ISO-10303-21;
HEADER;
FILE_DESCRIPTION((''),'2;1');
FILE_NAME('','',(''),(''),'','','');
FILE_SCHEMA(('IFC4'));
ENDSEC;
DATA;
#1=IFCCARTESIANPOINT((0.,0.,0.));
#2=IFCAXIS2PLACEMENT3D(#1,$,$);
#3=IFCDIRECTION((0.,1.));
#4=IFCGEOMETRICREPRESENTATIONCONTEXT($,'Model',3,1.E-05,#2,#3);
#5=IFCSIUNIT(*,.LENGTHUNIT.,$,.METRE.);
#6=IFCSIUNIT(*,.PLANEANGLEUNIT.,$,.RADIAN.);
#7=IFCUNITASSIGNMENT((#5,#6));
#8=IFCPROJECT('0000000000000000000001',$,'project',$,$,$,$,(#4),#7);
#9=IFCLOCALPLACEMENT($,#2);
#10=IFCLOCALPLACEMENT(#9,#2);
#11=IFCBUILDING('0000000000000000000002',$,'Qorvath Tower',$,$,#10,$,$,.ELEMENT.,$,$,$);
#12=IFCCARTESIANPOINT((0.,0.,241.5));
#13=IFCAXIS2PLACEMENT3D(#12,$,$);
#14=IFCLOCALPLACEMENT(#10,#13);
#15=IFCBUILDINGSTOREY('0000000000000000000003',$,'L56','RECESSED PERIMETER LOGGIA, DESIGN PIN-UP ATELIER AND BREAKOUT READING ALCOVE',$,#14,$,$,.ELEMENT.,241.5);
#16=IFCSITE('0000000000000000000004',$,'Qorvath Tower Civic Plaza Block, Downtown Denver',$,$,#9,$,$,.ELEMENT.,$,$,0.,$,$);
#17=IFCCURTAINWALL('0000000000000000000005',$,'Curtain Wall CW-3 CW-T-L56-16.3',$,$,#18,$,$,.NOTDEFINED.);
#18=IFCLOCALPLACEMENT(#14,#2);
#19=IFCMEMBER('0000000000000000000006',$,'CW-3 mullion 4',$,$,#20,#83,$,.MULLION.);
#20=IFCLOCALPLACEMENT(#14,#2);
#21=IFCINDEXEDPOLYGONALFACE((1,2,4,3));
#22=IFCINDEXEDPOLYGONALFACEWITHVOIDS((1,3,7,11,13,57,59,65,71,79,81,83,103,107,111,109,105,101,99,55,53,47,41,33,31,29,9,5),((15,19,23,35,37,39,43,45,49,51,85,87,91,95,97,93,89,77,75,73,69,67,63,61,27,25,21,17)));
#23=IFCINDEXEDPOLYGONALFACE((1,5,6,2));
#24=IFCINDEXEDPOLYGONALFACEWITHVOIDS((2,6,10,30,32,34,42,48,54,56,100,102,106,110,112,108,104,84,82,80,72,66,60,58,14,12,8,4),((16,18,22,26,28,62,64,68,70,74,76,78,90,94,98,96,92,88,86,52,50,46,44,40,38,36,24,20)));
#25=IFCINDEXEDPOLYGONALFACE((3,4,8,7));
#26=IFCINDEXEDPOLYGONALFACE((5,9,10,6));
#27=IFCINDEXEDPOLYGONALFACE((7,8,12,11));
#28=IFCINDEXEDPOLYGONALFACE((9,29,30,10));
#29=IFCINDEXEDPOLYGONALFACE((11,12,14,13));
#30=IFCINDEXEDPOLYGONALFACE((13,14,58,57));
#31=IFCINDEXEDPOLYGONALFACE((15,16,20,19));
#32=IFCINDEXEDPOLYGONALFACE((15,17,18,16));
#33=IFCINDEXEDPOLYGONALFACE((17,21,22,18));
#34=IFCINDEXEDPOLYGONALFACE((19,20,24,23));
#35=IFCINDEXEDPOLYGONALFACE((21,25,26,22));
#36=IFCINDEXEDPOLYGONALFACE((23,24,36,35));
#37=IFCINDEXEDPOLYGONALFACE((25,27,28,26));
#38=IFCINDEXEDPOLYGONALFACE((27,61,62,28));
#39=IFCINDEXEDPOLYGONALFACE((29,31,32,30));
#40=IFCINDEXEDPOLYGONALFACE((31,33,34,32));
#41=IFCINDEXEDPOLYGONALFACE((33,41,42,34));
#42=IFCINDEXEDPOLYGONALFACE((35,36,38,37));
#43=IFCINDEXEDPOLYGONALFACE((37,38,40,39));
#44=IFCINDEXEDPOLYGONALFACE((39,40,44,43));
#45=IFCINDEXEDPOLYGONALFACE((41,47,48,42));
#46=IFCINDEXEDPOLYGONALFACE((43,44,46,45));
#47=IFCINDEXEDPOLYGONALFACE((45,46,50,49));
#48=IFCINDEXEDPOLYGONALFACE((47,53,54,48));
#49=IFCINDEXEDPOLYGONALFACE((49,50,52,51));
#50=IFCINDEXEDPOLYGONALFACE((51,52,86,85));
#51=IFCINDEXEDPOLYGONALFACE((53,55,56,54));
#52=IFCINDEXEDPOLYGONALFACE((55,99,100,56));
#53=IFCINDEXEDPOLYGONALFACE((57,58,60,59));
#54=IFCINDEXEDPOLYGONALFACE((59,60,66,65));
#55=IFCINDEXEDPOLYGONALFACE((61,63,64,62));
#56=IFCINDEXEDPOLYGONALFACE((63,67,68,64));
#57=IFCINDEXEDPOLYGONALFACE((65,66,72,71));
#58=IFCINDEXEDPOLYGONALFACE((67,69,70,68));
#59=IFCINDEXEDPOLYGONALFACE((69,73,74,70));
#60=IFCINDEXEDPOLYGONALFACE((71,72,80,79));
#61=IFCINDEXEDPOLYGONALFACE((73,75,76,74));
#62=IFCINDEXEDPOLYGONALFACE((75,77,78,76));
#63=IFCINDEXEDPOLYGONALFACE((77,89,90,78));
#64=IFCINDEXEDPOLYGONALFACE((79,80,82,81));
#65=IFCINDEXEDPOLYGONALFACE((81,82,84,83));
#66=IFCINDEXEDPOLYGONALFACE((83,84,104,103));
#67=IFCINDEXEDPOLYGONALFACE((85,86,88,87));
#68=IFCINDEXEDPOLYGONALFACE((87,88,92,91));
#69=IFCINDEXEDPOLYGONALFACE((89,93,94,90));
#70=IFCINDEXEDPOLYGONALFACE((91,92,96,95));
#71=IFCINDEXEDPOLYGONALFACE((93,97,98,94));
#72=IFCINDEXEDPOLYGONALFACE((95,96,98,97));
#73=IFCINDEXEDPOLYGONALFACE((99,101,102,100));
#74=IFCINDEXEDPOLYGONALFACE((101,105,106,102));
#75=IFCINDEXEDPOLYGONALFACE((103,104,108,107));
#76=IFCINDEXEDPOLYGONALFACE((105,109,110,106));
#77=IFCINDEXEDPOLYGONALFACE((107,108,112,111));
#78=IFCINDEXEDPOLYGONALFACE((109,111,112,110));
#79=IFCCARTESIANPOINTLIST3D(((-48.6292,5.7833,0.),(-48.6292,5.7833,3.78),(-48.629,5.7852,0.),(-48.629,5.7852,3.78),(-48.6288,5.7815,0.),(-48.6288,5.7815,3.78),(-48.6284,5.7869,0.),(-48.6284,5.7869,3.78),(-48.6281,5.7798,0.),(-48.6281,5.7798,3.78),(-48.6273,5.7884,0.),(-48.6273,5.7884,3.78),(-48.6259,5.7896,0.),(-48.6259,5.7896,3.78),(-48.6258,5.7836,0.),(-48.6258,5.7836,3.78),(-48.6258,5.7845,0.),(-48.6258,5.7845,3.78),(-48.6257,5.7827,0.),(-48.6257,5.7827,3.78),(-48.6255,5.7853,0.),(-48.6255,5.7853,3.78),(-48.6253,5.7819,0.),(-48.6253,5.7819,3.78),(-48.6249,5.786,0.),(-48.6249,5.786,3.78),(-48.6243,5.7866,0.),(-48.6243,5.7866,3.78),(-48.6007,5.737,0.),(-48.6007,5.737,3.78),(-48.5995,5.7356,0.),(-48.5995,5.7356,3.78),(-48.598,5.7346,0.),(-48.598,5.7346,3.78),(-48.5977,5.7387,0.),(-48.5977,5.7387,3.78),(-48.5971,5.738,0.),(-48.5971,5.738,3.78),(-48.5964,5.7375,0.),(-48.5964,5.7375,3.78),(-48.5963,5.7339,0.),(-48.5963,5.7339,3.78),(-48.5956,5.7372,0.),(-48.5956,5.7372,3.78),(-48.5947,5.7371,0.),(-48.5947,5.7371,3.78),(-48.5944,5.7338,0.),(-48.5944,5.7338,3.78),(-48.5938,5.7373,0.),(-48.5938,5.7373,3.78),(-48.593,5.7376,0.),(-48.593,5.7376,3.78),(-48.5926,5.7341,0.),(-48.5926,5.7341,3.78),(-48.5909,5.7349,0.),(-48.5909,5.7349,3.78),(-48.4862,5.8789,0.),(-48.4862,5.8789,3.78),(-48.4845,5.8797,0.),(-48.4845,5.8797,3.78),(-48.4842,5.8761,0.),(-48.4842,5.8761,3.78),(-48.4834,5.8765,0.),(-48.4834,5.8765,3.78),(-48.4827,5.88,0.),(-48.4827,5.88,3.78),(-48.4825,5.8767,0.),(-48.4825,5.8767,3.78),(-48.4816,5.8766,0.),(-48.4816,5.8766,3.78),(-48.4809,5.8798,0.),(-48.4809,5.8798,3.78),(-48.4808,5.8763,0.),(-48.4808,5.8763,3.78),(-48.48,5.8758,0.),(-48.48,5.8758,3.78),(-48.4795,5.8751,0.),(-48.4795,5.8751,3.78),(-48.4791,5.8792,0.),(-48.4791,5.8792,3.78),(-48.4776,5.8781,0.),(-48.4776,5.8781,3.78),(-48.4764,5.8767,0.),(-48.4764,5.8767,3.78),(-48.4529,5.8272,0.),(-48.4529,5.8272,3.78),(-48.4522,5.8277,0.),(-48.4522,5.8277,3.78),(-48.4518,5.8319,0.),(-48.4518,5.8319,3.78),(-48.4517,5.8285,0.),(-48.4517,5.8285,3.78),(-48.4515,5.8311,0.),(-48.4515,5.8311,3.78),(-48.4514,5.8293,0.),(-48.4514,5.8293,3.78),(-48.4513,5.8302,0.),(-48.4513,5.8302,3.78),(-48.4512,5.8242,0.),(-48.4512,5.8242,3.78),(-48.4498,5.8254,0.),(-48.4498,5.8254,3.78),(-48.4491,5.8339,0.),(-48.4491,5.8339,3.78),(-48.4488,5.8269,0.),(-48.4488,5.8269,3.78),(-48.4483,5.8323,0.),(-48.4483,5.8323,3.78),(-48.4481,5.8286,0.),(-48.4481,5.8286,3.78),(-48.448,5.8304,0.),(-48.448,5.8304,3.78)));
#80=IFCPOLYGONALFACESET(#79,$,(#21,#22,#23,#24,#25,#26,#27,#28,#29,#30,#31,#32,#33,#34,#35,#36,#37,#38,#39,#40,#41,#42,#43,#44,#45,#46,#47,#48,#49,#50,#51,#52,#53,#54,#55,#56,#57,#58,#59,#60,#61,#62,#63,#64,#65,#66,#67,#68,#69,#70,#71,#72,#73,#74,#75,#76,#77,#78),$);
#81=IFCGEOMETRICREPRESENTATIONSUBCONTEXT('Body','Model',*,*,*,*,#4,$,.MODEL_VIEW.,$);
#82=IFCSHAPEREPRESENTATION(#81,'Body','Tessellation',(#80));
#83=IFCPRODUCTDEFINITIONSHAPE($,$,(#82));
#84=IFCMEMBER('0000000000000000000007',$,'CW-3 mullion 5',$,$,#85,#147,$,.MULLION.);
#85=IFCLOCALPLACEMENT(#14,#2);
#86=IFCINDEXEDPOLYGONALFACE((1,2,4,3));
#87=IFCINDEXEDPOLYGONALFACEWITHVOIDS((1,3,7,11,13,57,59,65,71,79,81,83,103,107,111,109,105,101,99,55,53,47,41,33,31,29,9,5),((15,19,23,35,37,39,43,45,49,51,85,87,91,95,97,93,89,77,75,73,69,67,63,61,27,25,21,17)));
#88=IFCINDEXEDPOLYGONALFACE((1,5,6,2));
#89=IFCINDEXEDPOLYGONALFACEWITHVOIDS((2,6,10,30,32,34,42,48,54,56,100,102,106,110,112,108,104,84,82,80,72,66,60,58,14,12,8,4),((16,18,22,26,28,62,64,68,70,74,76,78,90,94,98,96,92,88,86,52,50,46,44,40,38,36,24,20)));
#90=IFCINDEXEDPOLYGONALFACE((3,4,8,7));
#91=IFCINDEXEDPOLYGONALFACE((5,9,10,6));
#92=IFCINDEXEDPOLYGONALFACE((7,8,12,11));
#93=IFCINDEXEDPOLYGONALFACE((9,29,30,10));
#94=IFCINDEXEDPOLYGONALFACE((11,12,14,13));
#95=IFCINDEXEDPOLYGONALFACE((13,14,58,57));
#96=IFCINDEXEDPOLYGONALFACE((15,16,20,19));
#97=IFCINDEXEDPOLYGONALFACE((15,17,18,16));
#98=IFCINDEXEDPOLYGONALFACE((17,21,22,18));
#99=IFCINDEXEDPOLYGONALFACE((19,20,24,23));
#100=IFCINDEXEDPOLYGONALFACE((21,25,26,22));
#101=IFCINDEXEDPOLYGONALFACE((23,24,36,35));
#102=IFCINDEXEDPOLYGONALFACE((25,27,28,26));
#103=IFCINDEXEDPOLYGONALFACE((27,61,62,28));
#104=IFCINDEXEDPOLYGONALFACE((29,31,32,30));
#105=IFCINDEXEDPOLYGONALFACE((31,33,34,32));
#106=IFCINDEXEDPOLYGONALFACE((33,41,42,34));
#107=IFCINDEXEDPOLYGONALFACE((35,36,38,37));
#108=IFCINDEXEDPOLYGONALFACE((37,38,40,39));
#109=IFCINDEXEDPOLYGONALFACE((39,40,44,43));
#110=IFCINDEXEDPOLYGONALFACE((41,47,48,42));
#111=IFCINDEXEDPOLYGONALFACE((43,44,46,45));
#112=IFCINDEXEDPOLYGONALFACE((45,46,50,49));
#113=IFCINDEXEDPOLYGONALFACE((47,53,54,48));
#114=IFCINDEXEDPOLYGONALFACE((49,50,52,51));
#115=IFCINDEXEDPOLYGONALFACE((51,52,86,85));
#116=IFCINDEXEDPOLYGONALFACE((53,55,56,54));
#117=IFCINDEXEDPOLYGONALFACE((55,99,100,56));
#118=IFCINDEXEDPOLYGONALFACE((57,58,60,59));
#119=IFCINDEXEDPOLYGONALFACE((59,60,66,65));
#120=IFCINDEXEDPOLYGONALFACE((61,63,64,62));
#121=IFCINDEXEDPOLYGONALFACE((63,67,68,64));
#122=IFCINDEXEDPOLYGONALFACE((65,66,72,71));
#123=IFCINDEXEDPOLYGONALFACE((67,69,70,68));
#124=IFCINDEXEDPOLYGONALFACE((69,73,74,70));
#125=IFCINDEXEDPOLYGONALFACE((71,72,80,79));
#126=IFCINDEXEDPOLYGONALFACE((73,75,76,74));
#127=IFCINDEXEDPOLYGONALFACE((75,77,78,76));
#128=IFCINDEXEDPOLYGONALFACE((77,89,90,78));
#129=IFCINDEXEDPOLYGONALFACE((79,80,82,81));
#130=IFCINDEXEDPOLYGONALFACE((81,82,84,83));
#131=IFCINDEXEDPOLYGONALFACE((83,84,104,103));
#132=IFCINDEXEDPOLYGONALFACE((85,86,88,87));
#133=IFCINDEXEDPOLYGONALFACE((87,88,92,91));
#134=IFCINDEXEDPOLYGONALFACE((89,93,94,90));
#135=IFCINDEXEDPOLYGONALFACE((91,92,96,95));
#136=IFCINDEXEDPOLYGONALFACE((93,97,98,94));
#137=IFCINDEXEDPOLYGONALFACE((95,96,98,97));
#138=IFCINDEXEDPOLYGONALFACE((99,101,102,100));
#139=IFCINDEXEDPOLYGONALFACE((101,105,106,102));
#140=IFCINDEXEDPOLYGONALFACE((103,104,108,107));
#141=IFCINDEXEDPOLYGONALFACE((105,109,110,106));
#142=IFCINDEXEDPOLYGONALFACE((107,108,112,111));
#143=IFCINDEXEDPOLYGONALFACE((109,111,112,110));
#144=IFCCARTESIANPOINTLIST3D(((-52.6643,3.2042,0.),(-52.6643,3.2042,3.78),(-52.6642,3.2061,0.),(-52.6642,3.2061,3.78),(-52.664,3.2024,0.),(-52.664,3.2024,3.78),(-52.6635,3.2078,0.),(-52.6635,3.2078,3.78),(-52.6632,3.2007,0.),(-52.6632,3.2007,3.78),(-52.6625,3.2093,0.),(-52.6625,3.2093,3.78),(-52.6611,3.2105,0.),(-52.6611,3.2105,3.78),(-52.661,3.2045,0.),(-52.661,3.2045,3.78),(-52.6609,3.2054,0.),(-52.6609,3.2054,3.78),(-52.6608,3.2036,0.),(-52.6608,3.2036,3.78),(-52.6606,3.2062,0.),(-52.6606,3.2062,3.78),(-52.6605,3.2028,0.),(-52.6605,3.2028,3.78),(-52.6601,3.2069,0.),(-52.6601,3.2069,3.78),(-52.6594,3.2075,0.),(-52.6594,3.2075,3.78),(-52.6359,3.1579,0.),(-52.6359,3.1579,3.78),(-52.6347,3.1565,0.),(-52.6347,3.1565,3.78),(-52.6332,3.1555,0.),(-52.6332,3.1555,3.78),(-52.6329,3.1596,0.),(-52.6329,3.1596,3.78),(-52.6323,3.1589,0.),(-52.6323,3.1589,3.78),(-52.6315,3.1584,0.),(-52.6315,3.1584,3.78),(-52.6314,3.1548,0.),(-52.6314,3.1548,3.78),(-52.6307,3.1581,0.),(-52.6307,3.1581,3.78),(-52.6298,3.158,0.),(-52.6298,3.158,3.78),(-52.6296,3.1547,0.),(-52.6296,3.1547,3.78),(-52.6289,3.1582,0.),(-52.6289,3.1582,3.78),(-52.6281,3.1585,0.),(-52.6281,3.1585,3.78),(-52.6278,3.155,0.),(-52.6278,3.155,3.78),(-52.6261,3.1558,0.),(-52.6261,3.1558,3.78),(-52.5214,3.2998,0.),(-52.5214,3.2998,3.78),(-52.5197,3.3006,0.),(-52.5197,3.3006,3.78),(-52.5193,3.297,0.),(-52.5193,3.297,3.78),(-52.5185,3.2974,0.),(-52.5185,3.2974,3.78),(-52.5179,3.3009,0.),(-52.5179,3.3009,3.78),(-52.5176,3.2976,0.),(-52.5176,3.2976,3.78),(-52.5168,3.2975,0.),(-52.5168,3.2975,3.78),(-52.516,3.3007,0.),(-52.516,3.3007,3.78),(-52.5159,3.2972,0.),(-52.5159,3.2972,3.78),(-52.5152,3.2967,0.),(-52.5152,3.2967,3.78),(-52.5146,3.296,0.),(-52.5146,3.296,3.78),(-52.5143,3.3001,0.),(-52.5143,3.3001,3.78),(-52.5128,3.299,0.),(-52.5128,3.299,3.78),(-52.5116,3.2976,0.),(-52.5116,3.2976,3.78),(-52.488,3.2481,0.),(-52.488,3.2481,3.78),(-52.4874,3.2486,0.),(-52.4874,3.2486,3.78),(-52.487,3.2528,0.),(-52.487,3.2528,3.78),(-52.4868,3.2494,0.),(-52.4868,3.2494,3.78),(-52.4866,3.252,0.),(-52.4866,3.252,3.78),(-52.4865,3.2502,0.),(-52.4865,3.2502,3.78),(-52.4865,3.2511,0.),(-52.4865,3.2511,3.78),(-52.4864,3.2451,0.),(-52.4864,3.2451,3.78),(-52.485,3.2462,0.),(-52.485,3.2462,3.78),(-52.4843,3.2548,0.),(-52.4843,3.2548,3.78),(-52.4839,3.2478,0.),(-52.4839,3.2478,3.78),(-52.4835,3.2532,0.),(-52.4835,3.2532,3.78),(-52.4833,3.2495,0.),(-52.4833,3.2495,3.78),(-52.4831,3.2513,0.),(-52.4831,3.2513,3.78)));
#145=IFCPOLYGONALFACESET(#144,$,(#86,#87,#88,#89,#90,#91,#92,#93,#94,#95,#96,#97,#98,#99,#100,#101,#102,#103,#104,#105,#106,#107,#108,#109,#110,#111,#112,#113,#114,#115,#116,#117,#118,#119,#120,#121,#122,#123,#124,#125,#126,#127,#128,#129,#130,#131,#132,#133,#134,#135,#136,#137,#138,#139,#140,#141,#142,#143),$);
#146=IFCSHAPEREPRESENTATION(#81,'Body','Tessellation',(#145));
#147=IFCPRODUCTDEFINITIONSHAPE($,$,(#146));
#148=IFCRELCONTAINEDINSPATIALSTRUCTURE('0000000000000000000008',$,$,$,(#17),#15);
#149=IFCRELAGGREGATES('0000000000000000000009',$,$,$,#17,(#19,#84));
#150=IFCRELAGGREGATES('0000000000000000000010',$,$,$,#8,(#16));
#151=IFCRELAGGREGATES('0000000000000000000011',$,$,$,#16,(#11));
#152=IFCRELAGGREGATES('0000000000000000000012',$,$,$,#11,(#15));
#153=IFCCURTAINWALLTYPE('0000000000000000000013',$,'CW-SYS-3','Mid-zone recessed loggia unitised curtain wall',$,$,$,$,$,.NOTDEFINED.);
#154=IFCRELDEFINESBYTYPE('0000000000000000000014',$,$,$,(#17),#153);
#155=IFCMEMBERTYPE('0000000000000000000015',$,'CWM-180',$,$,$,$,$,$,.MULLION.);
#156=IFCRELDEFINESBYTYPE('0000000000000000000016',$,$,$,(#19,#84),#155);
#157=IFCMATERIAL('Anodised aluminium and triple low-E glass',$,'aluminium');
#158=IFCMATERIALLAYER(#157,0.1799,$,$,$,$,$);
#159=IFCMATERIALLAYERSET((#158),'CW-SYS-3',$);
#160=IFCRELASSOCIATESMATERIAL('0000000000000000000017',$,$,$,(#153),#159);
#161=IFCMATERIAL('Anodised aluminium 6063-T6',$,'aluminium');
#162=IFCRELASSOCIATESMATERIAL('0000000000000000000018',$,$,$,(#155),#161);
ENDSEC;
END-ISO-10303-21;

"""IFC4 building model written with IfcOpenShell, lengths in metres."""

from ifc_helpers import new_model, si_unit, direction, frame, origin, origin_2d, place, context, subcontext, project, spatial, hollow_rectangle, extrude, material, layer, layer_set, material_profile, profile_set, type_object, element, aggregate, save


model = new_model("IFC4")

# Units and contexts
model_context = context("Model", 3, precision=1e-05, world=origin(), true_north=direction((0.0, 1.0)))
body_context = subcontext(model_context, "Body", "Model", "MODEL_VIEW")
ifc_project = project(units=[si_unit("LENGTHUNIT", "METRE"), si_unit("PLANEANGLEUNIT", "RADIAN")], contexts=[model_context])

# Site, building, storey
site_placement = place(None, origin())
site = spatial("IfcSite", under=ifc_project, at=site_placement, Name="Qorvath Tower Civic Plaza Block, Downtown Denver", CompositionType="ELEMENT", RefElevation=0.0)
building_placement = place(site_placement, origin())
building = spatial("IfcBuilding", under=site, at=building_placement, Name="Qorvath Tower", CompositionType="ELEMENT")
storey_placement = place(building_placement, frame((0.0, 0.0, 241.5)))
storey = spatial("IfcBuildingStorey", under=building, at=storey_placement, Name="L56", Description="RECESSED PERIMETER LOGGIA, DESIGN PIN-UP ATELIER AND BREAKOUT READING ALCOVE", CompositionType="ELEMENT", Elevation=241.5)

# Curtain wall, members
ifc_material_1 = material(Name="Anodised aluminium and triple low-E glass", Category="aluminium")
ifc_layer_1 = layer(ifc_material_1, 0.1799)
ifc_layer_set_1 = layer_set([ifc_layer_1], Name="CW-SYS-3")
curtain_wall_type = type_object("IfcCurtainWallType", Name="CW-SYS-3", Description="Mid-zone recessed loggia unitised curtain wall", PredefinedType="NOTDEFINED", material=ifc_layer_set_1)
curtain_wall_placement = place(storey_placement, origin())
curtain_wall = element("IfcCurtainWall", 1, at=curtain_wall_placement, inside=storey, type_object=curtain_wall_type, Name="Curtain Wall CW-3 CW-T-L56-16.3", PredefinedType="NOTDEFINED")
ifc_material_2 = material(Name="Anodised aluminium 6063-T6", Category="aluminium")
ifc_material_profile_1 = material_profile(ifc_material_2, hollow_rectangle(XDim=0.0649, YDim=0.1799, WallThickness=0.0034, InnerFilletRadius=0.0034, OuterFilletRadius=0.0071, at=origin_2d()), Name="CWM 180x65")
ifc_profile_set_1 = profile_set([ifc_material_profile_1], Name="Anodised aluminium 6063-T6")
member_type_1 = type_object("IfcMemberType", Name="CWM-180", PredefinedType="MULLION", material=ifc_profile_set_1)
member_1_placement = place(storey_placement, frame((-48.5386, 5.8069, 0.0), z_axis=(0.0, 0.0, 1.0), x_axis=(0.538527, -0.842608, 0.0)))
member_1 = element("IfcMember", 2, at=member_1_placement, type_object=member_type_1, Name="CW-3 mullion 4", PredefinedType="MULLION", context=body_context, shape_type="SweptSolid", body=[
    extrude(hollow_rectangle(XDim=0.0649, YDim=0.1799, WallThickness=0.0034, InnerFilletRadius=0.0034, OuterFilletRadius=0.0071, at=origin_2d()), origin(), (0.0, 0.0, 1.0), 3.78),
])
member_2_placement = place(storey_placement, frame((-52.5737, 3.2278, 0.0), z_axis=(0.0, 0.0, 1.0), x_axis=(0.538527, -0.842608, 0.0)))
member_2 = element("IfcMember", 3, at=member_2_placement, type_object=member_type_1, Name="CW-3 mullion 5", PredefinedType="MULLION", context=body_context, shape_type="SweptSolid", body=[
    extrude(hollow_rectangle(XDim=0.0649, YDim=0.1799, WallThickness=0.0034, InnerFilletRadius=0.0034, OuterFilletRadius=0.0071, at=origin_2d()), origin(), (0.0, 0.0, 1.0), 3.78),
])
aggregate(curtain_wall, [member_1, member_2])

save(model, "model.ifc")
